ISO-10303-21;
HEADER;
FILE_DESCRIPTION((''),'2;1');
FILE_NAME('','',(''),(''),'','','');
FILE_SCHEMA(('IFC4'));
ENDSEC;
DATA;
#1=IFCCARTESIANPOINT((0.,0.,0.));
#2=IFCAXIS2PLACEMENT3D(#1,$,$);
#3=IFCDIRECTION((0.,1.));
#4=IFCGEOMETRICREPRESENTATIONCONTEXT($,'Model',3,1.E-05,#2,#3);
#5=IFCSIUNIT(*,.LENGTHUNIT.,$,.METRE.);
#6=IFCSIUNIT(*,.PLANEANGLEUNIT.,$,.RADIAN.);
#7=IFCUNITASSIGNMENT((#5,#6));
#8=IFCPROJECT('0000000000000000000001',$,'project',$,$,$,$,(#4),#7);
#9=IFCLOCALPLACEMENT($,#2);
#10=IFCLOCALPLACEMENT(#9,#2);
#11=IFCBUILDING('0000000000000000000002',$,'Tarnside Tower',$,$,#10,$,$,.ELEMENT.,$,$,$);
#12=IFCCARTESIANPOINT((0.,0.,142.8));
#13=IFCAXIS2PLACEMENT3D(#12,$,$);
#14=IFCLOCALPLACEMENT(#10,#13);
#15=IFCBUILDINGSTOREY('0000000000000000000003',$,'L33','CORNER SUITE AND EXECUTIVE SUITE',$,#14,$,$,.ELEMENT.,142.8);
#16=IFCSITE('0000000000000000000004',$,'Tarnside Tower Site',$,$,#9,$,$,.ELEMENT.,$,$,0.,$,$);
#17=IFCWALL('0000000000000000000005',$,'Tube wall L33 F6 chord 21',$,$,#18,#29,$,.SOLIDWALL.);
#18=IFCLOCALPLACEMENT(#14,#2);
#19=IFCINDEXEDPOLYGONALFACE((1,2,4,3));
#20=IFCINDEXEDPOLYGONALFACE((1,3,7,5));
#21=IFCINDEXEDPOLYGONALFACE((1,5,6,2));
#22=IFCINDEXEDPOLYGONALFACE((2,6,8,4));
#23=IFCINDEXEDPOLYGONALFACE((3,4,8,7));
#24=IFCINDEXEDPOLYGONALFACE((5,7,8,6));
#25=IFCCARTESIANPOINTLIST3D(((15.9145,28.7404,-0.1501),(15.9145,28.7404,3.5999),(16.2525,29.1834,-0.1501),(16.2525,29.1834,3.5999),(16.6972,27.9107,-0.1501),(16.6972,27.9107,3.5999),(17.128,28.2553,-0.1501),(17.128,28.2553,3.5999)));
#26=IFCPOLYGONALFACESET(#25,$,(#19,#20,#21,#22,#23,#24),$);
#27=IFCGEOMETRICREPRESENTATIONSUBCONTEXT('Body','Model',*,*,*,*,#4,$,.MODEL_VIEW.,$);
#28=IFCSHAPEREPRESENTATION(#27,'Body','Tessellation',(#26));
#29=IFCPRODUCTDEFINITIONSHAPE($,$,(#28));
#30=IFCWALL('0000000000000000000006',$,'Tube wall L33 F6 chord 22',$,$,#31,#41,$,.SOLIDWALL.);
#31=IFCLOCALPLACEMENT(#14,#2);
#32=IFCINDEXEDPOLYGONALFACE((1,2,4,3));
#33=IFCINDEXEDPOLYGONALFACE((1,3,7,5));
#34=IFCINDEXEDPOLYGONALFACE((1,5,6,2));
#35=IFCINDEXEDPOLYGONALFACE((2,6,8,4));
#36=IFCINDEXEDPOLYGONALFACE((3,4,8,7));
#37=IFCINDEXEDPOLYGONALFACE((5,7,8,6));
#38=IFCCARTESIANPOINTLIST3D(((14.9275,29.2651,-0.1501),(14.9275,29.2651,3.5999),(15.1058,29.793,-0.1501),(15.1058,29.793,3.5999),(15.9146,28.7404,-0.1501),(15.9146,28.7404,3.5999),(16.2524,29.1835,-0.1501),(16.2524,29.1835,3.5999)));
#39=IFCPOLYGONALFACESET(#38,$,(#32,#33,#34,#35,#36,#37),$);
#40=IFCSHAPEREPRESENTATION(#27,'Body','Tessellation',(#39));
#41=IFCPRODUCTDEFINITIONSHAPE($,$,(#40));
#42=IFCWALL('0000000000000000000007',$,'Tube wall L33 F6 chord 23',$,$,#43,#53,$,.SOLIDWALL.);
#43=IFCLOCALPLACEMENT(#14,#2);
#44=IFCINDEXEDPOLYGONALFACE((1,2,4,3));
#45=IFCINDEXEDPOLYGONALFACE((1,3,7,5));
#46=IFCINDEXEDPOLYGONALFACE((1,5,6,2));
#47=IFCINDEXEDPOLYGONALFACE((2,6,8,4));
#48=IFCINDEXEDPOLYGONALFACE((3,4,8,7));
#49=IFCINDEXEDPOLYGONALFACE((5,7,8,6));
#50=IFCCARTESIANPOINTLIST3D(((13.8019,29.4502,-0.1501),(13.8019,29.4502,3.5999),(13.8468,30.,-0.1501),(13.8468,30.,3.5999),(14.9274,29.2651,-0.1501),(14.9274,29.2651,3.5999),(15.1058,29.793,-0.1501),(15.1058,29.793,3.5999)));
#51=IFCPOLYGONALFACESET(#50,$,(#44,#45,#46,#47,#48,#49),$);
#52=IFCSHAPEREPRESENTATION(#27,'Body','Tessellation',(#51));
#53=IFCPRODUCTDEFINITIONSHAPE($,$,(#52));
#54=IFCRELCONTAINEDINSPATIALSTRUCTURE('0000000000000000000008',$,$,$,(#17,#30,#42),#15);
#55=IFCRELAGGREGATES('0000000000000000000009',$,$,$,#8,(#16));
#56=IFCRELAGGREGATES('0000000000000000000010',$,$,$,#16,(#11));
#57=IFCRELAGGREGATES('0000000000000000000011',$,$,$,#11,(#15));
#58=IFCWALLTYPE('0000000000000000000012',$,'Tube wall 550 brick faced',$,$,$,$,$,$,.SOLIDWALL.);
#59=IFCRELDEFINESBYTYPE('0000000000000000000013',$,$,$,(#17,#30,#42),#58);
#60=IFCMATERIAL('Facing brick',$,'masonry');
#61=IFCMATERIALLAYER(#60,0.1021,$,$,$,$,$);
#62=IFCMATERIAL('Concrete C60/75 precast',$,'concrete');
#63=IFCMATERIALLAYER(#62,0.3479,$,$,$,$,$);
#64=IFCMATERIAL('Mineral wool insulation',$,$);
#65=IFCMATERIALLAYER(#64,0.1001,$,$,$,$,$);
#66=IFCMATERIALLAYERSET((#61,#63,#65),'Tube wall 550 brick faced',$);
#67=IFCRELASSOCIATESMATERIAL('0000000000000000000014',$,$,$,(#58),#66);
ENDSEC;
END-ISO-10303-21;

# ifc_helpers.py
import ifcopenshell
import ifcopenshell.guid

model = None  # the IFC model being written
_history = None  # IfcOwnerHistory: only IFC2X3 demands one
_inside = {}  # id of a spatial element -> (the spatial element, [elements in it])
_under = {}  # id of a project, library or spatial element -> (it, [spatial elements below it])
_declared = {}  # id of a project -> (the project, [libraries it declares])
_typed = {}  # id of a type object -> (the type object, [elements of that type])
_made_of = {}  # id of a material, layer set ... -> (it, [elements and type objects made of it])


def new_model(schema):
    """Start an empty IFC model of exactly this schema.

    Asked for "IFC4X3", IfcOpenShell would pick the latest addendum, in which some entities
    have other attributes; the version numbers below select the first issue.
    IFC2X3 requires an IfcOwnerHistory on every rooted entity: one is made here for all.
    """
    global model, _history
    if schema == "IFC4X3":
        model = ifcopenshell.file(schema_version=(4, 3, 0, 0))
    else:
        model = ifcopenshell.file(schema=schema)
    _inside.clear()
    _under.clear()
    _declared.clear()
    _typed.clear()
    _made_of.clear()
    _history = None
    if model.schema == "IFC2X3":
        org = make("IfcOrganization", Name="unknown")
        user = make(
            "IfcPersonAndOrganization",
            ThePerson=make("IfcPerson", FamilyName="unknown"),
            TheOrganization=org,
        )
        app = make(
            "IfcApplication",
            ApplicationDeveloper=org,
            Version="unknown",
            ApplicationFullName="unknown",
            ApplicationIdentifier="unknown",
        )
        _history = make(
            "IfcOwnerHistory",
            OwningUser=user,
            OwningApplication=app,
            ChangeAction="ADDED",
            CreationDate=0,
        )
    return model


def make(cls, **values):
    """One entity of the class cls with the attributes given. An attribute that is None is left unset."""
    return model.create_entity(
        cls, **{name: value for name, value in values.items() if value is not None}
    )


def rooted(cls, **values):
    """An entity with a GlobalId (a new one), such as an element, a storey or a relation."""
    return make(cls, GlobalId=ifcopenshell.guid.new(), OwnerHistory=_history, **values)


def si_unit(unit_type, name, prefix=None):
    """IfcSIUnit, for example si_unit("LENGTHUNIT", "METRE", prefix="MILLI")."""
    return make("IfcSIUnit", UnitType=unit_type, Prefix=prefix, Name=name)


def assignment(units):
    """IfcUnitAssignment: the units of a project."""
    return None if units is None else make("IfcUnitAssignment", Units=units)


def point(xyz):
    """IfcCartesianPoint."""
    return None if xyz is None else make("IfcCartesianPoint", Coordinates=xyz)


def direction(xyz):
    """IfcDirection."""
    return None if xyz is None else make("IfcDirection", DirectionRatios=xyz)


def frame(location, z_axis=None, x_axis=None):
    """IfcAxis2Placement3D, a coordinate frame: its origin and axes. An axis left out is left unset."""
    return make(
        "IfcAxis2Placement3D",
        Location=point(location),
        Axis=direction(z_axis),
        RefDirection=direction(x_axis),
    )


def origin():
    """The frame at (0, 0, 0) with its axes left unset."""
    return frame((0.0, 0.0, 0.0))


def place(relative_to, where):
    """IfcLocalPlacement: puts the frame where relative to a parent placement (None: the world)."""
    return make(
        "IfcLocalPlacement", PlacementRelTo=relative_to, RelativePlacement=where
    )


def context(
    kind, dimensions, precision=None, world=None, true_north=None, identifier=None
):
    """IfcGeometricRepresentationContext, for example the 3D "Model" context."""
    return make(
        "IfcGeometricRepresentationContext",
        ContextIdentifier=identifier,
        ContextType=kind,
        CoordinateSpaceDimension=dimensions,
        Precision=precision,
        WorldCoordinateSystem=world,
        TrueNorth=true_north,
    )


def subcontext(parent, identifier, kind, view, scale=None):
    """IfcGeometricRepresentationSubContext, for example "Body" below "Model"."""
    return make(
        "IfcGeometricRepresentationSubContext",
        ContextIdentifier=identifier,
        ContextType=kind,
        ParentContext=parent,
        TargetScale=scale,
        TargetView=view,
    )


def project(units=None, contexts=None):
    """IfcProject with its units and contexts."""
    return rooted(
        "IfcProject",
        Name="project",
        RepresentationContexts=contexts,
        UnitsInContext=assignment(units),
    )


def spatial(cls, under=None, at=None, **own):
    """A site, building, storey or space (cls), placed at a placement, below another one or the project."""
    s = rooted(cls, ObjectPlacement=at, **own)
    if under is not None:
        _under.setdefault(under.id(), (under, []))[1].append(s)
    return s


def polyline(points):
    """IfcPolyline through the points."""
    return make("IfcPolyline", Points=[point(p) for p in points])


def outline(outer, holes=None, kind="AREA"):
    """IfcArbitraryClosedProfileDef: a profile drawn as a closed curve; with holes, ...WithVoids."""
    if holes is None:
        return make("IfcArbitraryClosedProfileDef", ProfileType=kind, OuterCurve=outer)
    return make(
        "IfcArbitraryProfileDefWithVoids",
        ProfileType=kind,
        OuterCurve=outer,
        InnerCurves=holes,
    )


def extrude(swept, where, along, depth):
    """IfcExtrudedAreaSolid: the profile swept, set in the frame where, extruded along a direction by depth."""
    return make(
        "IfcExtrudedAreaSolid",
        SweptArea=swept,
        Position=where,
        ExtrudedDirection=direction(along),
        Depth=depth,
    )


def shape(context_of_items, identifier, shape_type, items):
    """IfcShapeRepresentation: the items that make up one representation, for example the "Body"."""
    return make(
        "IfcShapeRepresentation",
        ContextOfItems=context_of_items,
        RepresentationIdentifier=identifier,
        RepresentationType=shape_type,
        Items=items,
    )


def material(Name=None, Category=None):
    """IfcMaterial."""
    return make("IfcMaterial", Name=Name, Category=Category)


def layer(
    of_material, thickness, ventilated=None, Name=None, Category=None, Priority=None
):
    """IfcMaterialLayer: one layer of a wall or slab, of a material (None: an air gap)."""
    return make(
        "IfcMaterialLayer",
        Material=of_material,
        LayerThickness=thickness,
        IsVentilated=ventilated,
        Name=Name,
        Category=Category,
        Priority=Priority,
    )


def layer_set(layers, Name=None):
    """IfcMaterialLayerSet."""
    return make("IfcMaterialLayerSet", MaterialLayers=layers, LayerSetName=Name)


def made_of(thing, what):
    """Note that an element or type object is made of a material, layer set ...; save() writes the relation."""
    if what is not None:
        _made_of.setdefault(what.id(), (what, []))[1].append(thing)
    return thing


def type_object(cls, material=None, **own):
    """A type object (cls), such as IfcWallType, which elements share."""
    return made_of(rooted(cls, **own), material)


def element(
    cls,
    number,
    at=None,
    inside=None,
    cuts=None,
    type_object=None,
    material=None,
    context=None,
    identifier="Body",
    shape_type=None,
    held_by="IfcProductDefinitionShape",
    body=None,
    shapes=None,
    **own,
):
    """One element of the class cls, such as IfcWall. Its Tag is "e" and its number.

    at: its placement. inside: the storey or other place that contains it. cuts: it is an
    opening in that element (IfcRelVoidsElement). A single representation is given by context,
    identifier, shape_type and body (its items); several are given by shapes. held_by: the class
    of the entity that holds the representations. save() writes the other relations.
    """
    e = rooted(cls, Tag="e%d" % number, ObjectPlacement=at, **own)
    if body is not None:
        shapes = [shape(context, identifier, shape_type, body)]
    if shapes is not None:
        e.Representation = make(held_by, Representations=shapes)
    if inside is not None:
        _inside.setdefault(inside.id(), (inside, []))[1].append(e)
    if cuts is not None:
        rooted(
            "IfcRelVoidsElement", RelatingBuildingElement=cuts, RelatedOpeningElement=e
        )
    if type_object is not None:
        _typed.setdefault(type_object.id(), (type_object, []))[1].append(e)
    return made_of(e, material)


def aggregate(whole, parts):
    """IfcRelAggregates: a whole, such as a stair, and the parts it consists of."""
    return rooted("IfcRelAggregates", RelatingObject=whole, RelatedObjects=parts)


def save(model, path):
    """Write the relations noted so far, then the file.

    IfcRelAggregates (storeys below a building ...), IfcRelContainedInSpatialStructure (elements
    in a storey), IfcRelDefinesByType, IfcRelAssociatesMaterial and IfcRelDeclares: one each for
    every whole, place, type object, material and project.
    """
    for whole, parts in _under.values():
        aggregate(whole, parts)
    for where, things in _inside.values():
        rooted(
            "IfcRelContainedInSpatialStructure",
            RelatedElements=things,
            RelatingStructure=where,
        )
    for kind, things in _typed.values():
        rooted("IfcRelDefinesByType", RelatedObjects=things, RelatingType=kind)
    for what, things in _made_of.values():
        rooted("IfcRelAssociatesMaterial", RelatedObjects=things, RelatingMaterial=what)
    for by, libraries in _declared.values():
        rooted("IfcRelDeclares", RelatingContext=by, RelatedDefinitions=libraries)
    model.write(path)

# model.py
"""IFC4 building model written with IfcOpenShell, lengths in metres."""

from ifc_helpers import new_model, si_unit, direction, frame, origin, place, context, subcontext, project, spatial, polyline, outline, extrude, material, layer, layer_set, type_object, element, save


model = new_model("IFC4")

# Units and contexts
model_context = context("Model", 3, precision=1e-05, world=origin(), true_north=direction((0.0, 1.0)))
body_context = subcontext(model_context, "Body", "Model", "MODEL_VIEW")
ifc_project = project(units=[si_unit("LENGTHUNIT", "METRE"), si_unit("PLANEANGLEUNIT", "RADIAN")], contexts=[model_context])

# Site, building, storey
site_placement = place(None, origin())
site = spatial("IfcSite", under=ifc_project, at=site_placement, Name="Tarnside Tower Site", CompositionType="ELEMENT", RefElevation=0.0)
building_placement = place(site_placement, origin())
building = spatial("IfcBuilding", under=site, at=building_placement, Name="Tarnside Tower", CompositionType="ELEMENT")
storey_placement = place(building_placement, frame((0.0, 0.0, 142.8)))
storey = spatial("IfcBuildingStorey", under=building, at=storey_placement, Name="L33", Description="CORNER SUITE AND EXECUTIVE SUITE", CompositionType="ELEMENT", Elevation=142.8)

# Shared definitions
ifc_material_1 = material(Name="Facing brick", Category="masonry")
ifc_layer_1 = layer(ifc_material_1, 0.1021)
ifc_material_2 = material(Name="Concrete C60/75 precast", Category="concrete")
ifc_layer_2 = layer(ifc_material_2, 0.3479)
ifc_material_3 = material(Name="Mineral wool insulation")
ifc_layer_3 = layer(ifc_material_3, 0.1001)
ifc_layer_set_1 = layer_set([ifc_layer_1, ifc_layer_2, ifc_layer_3], Name="Tube wall 550 brick faced")
wall_type_1 = type_object("IfcWallType", Name="Tube wall 550 brick faced", PredefinedType="SOLIDWALL", material=ifc_layer_set_1)

# Walls
wall_1_placement = place(storey_placement, frame((16.9126, 28.083, -0.1501), z_axis=(0.0, 0.0, 1.0), x_axis=(-0.686196, 0.727416, 0.0)))
element("IfcWall", 1, at=wall_1_placement, inside=storey, type_object=wall_type_1, Name="Tube wall L33 F6 chord 21", PredefinedType="SOLIDWALL", context=body_context, shape_type="SweptSolid", body=[
    extrude(outline(polyline([(-0.0225, -0.2749), (1.2534, -0.2749), (1.1631, 0.2749), (0.0225, 0.2749), (-0.0225, -0.2749)])), origin(), (0.0, 0.0, 1.0), 3.75),
])
wall_2_placement = place(storey_placement, frame((16.0835, 28.9619, -0.1501), z_axis=(0.0, 0.0, 1.0), x_axis=(-0.882995, 0.469382, 0.0)))
element("IfcWall", 2, at=wall_2_placement, inside=storey, type_object=wall_type_1, Name="Tube wall L33 F6 chord 22", PredefinedType="SOLIDWALL", context=body_context, shape_type="SweptSolid", body=[
    extrude(outline(polyline([(-0.0452, -0.2749), (1.2534, -0.2749), (1.1631, 0.2749), (0.0452, 0.2749), (-0.0452, -0.2749)])), origin(), (0.0, 0.0, 1.0), 3.75),
])
wall_3_placement = place(storey_placement, frame((15.0166, 29.5291, -0.1501), z_axis=(0.0, 0.0, 1.0), x_axis=(-0.986747, 0.162269, 0.0)))
element("IfcWall", 3, at=wall_3_placement, inside=storey, type_object=wall_type_1, Name="Tube wall L33 F6 chord 23", PredefinedType="SOLIDWALL", context=body_context, shape_type="SweptSolid", body=[
    extrude(outline(polyline([(-0.0452, -0.2749), (1.2307, -0.2749), (1.1858, 0.2749), (0.0452, 0.2749), (-0.0452, -0.2749)])), origin(), (0.0, 0.0, 1.0), 3.75),
])

save(model, "model.ifc")
